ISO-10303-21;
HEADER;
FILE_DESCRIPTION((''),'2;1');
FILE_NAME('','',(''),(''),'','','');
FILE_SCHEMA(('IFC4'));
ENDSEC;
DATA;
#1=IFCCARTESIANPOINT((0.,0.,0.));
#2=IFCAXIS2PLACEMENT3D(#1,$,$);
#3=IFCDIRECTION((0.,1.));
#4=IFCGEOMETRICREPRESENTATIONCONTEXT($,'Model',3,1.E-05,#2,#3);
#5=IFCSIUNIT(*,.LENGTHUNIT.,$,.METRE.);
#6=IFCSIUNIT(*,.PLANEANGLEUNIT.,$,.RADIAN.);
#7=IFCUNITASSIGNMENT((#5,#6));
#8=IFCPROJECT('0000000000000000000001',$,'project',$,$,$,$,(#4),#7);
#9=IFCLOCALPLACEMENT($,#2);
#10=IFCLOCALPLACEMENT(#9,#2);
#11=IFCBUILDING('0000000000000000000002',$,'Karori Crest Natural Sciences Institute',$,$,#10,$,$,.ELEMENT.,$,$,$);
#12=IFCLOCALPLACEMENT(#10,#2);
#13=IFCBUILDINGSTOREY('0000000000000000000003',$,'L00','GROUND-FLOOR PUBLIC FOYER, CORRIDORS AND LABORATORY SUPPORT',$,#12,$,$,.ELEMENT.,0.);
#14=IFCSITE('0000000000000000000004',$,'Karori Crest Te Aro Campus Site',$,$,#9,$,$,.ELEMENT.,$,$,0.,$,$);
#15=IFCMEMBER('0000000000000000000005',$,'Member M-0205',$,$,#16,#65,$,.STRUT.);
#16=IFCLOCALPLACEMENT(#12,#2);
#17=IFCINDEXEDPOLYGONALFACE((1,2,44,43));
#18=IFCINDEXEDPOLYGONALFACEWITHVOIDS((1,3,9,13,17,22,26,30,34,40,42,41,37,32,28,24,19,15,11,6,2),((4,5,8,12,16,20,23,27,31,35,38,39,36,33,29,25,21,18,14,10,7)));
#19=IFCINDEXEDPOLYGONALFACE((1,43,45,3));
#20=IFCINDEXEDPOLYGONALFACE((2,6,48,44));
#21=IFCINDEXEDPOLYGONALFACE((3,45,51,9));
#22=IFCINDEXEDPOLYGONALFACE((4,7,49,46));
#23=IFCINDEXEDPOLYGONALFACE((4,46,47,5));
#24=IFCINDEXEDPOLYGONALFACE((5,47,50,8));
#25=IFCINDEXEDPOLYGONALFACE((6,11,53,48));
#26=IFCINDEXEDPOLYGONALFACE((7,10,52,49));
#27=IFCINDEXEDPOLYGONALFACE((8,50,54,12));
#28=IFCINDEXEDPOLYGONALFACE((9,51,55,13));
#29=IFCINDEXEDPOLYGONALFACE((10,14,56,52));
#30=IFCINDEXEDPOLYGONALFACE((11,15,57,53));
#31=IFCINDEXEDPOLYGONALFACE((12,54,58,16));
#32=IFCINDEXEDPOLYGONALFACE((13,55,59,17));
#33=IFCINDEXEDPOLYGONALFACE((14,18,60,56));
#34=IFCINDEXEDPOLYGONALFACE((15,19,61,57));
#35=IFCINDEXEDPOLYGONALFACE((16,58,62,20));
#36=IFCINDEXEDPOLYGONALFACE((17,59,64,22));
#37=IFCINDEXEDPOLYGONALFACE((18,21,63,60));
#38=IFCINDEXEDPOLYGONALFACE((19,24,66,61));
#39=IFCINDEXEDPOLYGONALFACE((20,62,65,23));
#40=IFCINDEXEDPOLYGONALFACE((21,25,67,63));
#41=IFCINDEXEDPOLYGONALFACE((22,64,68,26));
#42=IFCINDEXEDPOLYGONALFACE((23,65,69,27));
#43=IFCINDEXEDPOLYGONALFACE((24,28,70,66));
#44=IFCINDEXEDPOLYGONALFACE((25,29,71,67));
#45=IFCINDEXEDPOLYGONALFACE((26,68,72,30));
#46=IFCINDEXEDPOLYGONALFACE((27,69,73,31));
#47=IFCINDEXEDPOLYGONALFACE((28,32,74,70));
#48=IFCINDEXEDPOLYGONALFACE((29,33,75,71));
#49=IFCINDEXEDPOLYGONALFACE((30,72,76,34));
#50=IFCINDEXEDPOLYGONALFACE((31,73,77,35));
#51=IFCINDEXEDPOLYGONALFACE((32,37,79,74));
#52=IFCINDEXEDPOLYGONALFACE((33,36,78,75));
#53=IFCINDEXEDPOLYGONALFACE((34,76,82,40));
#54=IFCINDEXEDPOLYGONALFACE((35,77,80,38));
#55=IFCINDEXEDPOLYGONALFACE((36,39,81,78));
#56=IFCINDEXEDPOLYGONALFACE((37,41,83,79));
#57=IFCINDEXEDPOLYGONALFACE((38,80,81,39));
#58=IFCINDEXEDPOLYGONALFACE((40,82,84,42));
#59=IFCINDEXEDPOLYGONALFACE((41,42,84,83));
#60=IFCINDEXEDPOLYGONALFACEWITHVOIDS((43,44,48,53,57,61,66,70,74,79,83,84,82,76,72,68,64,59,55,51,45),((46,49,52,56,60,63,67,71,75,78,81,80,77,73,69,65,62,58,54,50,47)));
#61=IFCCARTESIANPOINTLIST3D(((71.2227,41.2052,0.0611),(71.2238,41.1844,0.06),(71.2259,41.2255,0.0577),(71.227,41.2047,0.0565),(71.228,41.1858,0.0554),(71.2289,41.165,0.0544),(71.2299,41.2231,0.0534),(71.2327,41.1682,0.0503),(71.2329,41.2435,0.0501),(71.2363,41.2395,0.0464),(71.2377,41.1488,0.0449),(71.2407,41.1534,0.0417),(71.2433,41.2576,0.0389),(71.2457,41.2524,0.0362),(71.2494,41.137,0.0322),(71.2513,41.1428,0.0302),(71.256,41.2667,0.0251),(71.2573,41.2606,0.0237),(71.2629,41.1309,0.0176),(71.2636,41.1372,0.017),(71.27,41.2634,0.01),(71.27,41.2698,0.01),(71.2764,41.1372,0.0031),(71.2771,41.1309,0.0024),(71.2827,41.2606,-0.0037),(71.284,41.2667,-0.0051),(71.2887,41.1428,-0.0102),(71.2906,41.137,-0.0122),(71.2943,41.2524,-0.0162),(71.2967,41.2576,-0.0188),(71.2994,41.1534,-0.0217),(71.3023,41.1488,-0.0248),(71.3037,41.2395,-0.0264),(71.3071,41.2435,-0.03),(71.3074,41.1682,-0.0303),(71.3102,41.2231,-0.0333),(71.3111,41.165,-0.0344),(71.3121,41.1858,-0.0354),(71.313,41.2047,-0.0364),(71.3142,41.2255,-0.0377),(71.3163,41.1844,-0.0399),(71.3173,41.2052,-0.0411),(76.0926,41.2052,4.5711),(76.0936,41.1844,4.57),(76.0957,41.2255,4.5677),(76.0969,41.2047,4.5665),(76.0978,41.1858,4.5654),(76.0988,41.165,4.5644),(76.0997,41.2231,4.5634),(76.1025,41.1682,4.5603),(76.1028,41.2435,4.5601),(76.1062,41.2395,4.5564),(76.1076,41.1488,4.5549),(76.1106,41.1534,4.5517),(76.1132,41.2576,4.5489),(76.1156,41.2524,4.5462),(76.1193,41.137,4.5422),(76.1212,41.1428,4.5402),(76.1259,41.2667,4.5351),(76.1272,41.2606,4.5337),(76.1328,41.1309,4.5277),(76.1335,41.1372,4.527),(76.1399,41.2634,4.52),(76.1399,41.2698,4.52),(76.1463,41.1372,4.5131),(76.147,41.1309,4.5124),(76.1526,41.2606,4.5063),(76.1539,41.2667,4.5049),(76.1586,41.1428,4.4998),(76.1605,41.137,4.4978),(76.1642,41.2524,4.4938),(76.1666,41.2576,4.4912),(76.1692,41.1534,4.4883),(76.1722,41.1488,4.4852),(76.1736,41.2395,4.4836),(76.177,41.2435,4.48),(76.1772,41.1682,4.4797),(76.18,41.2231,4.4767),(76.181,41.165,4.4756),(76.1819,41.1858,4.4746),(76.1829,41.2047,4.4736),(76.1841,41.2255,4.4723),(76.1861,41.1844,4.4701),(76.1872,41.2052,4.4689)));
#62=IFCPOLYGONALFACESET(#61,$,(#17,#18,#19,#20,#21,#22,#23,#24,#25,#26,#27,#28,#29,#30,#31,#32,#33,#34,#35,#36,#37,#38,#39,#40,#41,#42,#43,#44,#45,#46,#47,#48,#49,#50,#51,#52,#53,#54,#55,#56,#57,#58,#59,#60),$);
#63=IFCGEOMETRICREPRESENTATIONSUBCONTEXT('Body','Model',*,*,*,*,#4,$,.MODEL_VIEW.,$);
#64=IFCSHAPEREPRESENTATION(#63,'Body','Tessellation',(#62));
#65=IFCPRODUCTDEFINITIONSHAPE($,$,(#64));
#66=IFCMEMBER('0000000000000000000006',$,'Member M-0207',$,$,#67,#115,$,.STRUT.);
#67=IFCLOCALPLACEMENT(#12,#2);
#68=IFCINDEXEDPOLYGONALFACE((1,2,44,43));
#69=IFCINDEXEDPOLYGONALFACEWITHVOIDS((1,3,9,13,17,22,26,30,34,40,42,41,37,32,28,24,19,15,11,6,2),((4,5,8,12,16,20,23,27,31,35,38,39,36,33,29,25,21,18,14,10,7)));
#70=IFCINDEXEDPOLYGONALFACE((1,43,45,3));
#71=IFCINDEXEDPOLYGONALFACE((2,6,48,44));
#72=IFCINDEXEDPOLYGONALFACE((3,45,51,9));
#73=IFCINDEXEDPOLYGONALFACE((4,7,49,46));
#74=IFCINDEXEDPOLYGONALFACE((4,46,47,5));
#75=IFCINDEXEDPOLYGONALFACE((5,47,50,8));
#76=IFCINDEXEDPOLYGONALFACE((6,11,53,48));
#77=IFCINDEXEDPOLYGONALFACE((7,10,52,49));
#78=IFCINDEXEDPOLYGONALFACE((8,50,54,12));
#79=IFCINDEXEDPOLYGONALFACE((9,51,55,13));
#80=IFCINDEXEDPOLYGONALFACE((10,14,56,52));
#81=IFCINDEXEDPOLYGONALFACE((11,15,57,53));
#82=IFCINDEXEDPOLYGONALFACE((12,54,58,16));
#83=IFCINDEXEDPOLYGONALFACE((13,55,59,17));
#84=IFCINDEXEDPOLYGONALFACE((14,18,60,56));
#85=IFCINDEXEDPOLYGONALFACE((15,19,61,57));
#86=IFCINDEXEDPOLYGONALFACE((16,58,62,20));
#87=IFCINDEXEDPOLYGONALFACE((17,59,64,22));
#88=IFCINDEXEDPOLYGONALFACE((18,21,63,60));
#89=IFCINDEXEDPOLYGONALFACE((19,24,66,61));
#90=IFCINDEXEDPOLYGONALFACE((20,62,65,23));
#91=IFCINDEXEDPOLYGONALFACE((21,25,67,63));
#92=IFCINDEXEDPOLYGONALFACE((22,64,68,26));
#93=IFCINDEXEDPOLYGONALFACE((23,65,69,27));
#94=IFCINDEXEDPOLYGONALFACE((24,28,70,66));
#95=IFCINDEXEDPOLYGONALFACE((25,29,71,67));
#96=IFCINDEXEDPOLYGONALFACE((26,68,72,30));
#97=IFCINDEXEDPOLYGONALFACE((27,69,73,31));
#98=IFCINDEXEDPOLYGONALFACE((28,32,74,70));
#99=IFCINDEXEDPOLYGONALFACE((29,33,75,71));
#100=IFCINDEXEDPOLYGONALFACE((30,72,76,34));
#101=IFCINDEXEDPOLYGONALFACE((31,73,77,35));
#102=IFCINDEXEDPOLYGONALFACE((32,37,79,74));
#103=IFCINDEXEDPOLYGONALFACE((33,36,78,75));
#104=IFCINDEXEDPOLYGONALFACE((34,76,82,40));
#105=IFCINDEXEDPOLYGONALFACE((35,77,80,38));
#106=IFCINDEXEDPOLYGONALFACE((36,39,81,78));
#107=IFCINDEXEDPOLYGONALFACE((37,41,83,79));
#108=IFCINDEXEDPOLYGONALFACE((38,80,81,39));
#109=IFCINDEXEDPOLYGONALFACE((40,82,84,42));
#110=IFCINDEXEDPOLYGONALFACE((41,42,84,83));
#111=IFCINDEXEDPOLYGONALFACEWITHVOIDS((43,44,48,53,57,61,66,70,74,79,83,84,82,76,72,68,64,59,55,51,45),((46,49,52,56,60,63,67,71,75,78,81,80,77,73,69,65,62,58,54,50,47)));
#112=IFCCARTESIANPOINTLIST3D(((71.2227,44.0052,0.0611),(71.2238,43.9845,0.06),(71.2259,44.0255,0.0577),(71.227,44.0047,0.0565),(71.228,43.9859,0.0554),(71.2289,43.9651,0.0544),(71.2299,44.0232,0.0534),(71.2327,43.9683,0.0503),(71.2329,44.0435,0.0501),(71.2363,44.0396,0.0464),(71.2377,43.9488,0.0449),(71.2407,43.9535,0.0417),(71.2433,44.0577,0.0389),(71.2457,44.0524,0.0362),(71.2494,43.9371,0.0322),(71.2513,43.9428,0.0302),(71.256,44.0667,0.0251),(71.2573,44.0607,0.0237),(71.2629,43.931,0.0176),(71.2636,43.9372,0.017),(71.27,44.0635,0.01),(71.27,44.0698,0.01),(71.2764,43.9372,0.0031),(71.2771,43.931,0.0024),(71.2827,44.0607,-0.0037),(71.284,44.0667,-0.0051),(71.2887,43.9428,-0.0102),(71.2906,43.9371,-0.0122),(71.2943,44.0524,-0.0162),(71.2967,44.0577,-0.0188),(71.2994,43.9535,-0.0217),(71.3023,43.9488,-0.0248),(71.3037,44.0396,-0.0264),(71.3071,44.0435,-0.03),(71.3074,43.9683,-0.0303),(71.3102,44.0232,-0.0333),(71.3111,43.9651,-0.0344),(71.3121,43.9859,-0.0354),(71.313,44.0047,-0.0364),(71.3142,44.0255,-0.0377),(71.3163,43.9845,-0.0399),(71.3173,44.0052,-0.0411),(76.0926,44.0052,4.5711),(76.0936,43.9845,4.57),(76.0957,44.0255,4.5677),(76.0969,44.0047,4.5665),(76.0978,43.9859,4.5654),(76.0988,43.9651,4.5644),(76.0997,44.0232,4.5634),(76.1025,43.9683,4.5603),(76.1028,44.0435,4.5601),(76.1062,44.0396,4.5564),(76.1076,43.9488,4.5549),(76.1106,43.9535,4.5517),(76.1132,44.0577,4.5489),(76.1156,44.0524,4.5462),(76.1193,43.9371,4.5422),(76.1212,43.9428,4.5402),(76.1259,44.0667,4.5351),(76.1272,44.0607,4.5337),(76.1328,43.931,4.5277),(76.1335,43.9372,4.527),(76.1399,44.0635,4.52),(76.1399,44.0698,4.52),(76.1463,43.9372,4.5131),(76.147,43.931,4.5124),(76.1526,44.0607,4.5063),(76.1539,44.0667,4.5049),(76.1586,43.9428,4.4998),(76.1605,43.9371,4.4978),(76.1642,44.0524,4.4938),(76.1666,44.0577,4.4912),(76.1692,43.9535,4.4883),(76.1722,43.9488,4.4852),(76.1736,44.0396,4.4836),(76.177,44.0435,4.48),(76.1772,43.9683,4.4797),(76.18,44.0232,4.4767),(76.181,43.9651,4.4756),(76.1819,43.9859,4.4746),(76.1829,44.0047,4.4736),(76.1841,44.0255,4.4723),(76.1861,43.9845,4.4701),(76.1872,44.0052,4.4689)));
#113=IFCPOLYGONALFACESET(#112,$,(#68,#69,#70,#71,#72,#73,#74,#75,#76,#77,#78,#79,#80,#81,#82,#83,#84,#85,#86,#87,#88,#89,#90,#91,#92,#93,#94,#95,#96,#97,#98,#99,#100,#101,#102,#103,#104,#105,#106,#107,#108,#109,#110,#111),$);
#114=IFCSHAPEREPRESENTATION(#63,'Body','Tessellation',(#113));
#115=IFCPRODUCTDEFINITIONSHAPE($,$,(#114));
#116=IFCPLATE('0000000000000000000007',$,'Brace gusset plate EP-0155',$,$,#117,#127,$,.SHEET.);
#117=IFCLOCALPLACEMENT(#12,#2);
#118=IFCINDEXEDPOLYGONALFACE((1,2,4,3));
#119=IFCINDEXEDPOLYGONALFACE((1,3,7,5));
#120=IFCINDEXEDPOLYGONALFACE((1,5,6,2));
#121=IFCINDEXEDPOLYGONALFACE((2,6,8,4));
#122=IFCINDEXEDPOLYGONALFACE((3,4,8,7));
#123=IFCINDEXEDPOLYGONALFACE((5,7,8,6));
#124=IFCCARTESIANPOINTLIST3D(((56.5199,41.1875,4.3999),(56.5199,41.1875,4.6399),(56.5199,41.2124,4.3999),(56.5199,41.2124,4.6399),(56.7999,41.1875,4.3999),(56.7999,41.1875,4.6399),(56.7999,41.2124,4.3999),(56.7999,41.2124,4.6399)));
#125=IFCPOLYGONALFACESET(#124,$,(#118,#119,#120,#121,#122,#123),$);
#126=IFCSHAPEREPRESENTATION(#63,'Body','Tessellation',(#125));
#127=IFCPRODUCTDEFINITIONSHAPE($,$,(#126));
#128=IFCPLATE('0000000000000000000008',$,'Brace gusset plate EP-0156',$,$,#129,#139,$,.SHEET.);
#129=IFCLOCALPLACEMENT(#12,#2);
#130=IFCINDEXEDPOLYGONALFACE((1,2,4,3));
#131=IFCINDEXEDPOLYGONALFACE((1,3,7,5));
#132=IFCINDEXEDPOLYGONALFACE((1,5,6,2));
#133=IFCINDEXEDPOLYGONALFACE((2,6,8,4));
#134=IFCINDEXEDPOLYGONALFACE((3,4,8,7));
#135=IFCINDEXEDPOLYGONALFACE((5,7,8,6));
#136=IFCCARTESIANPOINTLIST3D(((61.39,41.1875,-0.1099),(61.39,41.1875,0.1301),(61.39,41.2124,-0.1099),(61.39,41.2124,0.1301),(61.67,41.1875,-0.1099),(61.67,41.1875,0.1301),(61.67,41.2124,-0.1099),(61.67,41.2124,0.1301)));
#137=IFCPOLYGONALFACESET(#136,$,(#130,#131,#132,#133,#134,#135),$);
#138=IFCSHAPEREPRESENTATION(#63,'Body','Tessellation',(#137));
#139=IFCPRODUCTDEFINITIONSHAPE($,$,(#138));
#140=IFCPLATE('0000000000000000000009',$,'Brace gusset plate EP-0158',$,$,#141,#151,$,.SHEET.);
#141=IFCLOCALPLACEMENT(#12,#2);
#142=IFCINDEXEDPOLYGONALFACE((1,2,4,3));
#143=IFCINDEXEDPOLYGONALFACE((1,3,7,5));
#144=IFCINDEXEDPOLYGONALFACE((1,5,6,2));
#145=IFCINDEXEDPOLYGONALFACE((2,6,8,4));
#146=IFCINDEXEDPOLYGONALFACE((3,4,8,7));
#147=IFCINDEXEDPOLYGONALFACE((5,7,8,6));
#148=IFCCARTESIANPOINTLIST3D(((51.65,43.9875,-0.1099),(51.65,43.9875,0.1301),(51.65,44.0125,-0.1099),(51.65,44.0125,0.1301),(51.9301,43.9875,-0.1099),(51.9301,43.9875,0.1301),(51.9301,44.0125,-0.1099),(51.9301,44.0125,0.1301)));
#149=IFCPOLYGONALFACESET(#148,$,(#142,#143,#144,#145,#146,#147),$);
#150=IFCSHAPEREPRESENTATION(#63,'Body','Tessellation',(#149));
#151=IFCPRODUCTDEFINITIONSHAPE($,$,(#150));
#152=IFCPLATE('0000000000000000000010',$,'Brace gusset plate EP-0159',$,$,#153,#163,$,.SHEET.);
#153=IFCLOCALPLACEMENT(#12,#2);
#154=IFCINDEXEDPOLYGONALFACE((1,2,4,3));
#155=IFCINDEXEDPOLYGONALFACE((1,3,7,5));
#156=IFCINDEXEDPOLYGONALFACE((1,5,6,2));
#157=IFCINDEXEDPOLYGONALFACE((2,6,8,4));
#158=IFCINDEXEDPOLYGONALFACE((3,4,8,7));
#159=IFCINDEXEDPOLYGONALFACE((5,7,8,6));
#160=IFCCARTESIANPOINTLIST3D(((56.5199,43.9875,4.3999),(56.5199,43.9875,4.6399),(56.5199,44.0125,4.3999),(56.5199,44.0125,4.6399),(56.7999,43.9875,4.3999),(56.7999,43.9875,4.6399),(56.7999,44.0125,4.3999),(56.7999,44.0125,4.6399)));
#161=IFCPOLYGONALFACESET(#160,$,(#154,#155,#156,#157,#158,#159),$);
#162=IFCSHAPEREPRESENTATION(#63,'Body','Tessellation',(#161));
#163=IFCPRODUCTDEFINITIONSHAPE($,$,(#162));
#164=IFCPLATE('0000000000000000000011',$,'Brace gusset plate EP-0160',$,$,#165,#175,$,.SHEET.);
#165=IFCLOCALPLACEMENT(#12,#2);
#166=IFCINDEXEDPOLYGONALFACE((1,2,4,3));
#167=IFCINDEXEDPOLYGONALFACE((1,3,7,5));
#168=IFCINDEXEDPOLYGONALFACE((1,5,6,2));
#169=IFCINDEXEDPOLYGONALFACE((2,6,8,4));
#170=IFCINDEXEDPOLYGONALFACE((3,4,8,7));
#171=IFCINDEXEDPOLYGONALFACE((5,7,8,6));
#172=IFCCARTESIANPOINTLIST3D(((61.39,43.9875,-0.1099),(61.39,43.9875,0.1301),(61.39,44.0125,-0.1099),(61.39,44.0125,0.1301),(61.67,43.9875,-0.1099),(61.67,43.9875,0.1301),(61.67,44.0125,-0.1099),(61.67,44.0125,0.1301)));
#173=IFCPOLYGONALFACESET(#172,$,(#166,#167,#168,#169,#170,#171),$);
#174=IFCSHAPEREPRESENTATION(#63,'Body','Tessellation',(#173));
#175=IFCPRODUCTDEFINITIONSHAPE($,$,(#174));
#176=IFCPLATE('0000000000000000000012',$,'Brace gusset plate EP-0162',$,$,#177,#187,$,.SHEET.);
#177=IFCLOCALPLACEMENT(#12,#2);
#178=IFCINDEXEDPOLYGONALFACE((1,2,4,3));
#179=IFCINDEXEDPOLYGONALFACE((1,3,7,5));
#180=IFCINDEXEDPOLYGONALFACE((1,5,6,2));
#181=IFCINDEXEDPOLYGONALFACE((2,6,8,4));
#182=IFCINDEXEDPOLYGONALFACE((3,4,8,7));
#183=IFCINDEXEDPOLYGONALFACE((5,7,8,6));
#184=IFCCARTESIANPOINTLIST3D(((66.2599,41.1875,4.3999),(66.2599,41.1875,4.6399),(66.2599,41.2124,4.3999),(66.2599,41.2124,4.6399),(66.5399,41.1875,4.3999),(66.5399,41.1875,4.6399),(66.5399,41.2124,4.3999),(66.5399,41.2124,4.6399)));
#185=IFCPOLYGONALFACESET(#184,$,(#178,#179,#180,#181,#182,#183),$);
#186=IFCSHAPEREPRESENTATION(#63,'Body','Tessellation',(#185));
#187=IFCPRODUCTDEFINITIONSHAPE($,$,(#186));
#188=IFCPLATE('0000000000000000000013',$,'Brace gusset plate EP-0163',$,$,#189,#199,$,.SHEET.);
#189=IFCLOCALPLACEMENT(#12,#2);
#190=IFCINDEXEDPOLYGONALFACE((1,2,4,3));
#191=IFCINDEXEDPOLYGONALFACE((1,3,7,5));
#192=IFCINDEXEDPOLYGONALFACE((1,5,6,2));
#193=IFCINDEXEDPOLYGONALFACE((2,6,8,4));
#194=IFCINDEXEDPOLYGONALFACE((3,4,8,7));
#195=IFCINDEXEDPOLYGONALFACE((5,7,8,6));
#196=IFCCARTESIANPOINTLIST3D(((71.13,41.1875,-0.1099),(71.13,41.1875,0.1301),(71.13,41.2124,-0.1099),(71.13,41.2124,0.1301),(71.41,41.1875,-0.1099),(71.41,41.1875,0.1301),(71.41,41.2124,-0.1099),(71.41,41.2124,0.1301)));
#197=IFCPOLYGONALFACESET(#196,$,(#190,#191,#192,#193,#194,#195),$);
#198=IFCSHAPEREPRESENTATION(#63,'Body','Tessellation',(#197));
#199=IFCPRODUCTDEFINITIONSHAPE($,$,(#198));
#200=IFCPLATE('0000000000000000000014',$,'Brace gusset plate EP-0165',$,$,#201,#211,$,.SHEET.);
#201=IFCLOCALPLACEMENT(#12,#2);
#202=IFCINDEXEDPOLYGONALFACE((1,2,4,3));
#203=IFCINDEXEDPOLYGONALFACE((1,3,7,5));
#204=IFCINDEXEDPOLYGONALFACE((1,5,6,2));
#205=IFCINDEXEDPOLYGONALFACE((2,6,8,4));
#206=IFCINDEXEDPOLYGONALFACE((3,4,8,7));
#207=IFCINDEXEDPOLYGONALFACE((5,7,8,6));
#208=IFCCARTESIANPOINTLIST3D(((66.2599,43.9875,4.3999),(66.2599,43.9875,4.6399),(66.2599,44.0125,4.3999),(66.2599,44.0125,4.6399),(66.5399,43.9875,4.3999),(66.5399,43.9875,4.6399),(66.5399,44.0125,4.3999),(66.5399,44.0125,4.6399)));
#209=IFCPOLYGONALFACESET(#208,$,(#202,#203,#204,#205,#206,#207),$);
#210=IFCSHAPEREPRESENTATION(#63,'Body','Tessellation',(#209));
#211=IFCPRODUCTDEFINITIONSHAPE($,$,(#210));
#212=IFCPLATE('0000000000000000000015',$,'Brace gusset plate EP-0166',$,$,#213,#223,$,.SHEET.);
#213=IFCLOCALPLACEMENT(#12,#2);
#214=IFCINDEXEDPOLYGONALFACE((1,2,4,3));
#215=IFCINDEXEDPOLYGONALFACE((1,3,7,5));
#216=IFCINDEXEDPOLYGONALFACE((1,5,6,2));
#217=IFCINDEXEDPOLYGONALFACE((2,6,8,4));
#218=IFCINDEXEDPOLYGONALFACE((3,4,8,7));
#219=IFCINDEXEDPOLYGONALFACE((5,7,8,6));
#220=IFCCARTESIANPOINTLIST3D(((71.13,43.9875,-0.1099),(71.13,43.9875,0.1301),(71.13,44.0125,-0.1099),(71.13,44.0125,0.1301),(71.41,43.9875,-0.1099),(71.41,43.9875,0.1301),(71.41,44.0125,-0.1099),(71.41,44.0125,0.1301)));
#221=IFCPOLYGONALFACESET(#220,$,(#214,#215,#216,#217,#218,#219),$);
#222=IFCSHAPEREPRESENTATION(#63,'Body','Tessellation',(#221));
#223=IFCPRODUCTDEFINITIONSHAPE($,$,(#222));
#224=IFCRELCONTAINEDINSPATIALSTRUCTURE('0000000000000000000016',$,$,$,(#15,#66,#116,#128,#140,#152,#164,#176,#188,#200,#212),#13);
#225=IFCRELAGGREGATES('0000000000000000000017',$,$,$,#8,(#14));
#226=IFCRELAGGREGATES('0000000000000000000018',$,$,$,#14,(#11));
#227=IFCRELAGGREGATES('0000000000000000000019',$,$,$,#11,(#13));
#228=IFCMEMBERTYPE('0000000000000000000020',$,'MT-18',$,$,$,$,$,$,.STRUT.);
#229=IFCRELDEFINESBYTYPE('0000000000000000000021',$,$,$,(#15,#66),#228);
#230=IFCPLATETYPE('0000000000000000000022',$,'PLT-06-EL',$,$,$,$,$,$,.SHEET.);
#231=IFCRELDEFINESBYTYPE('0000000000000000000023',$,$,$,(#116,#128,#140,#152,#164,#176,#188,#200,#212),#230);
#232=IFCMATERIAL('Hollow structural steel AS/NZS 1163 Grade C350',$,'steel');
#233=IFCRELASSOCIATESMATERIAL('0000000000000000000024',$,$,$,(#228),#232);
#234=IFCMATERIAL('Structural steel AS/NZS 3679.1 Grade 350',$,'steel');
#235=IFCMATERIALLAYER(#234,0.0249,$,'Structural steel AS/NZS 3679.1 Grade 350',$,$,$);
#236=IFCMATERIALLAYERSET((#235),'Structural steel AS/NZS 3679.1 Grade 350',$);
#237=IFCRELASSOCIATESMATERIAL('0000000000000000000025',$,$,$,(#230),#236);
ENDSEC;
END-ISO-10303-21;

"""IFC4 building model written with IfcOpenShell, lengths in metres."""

from ifc_helpers import new_model, si_unit, direction, frame, origin, origin_2d, place, context, subcontext, project, spatial, rectangle, hollow_circle, extrude, material, layer, layer_set, material_profile, profile_set, type_object, element, save


model = new_model("IFC4")

# Units and contexts
model_context = context("Model", 3, precision=1e-05, world=origin(), true_north=direction((0.0, 1.0)))
body_context = subcontext(model_context, "Body", "Model", "MODEL_VIEW")
ifc_project = project(units=[si_unit("LENGTHUNIT", "METRE"), si_unit("PLANEANGLEUNIT", "RADIAN")], contexts=[model_context])

# Site, building, storey
site_placement = place(None, origin())
site = spatial("IfcSite", under=ifc_project, at=site_placement, Name="Karori Crest Te Aro Campus Site", CompositionType="ELEMENT", RefElevation=0.0)
building_placement = place(site_placement, origin())
building = spatial("IfcBuilding", under=site, at=building_placement, Name="Karori Crest Natural Sciences Institute", CompositionType="ELEMENT")
storey_placement = place(building_placement, origin())
storey = spatial("IfcBuildingStorey", under=building, at=storey_placement, Name="L00", Description="GROUND-FLOOR PUBLIC FOYER, CORRIDORS AND LABORATORY SUPPORT", CompositionType="ELEMENT", Elevation=0.0)

# Shared definitions
ifc_material_1 = material(Name="Hollow structural steel AS/NZS 1163 Grade C350", Category="steel")

# Shared definitions
ifc_material_2 = material(Name="Structural steel AS/NZS 3679.1 Grade 350", Category="steel")

# Members
ifc_material_profile_1 = material_profile(ifc_material_1, hollow_circle(Radius=0.0698, WallThickness=0.0063, at=origin_2d()), Name="CHS139.7x6.4")
ifc_profile_set_1 = profile_set([ifc_material_profile_1], Name="Hollow structural steel AS/NZS 1163 Grade C350")
member_type = type_object("IfcMemberType", Name="MT-18", PredefinedType="STRUT", material=ifc_profile_set_1)
for number, where, z_axis, x_axis, name in (
    (1, (71.27, 41.2, 0.01), (0.733695, 0.0, 0.679478), (0.0, 1.0, 0.0), "Member M-0205"),
    (2, (71.27, 44.0, 0.01), (0.733695, 0.0, 0.679478), (0.0, 1.0, 0.0), "Member M-0207"),
):
    element("IfcMember", number, at=place(storey_placement, frame(where, z_axis=z_axis, x_axis=x_axis)), inside=storey, type_object=member_type, Name=name, PredefinedType="STRUT", context=body_context, shape_type="SweptSolid", body=[
        extrude(hollow_circle(Radius=0.0698, WallThickness=0.0063, at=origin_2d()), origin(), (0.0, 0.0, 1.0), 6.6375),
    ])

# Plates
ifc_layer = layer(ifc_material_2, 0.0249, Name="Structural steel AS/NZS 3679.1 Grade 350")
ifc_layer_set = layer_set([ifc_layer], Name="Structural steel AS/NZS 3679.1 Grade 350")
plate_type = type_object("IfcPlateType", Name="PLT-06-EL", PredefinedType="SHEET", material=ifc_layer_set)
for number, where, z_axis, x_axis, name in (
    (3, (56.6599, 41.2, 4.3999), (0.0, 0.0, 1.0), (1.0, 0.0, 0.0), "Brace gusset plate EP-0155"),
    (4, (61.53, 41.2, -0.1099), (0.0, 0.0, 1.0), (1.0, 0.0, 0.0), "Brace gusset plate EP-0156"),
    (5, (51.79, 44.0, -0.1099), (0.0, 0.0, 1.0), (1.0, 0.0, 0.0), "Brace gusset plate EP-0158"),
    (6, (56.6599, 44.0, 4.3999), (0.0, 0.0, 1.0), (1.0, 0.0, 0.0), "Brace gusset plate EP-0159"),
    (7, (61.53, 44.0, -0.1099), (0.0, 0.0, 1.0), (1.0, 0.0, 0.0), "Brace gusset plate EP-0160"),
    (8, (66.3999, 41.2, 4.3999), (0.0, 0.0, 1.0), (1.0, 0.0, 0.0), "Brace gusset plate EP-0162"),
    (9, (71.27, 41.2, -0.1099), (0.0, 0.0, 1.0), (1.0, 0.0, 0.0), "Brace gusset plate EP-0163"),
    (10, (66.3999, 44.0, 4.3999), (0.0, 0.0, 1.0), (1.0, 0.0, 0.0), "Brace gusset plate EP-0165"),
    (11, (71.27, 44.0, -0.1099), (0.0, 0.0, 1.0), (1.0, 0.0, 0.0), "Brace gusset plate EP-0166"),
):
    element("IfcPlate", number, at=place(storey_placement, frame(where, z_axis=z_axis, x_axis=x_axis)), inside=storey, type_object=plate_type, Name=name, PredefinedType="SHEET", context=body_context, shape_type="SweptSolid", body=[
        extrude(rectangle(XDim=0.28, YDim=0.0249, at=origin_2d()), origin(), (0.0, 0.0, 1.0), 0.24),
    ])

save(model, "model.ifc")
